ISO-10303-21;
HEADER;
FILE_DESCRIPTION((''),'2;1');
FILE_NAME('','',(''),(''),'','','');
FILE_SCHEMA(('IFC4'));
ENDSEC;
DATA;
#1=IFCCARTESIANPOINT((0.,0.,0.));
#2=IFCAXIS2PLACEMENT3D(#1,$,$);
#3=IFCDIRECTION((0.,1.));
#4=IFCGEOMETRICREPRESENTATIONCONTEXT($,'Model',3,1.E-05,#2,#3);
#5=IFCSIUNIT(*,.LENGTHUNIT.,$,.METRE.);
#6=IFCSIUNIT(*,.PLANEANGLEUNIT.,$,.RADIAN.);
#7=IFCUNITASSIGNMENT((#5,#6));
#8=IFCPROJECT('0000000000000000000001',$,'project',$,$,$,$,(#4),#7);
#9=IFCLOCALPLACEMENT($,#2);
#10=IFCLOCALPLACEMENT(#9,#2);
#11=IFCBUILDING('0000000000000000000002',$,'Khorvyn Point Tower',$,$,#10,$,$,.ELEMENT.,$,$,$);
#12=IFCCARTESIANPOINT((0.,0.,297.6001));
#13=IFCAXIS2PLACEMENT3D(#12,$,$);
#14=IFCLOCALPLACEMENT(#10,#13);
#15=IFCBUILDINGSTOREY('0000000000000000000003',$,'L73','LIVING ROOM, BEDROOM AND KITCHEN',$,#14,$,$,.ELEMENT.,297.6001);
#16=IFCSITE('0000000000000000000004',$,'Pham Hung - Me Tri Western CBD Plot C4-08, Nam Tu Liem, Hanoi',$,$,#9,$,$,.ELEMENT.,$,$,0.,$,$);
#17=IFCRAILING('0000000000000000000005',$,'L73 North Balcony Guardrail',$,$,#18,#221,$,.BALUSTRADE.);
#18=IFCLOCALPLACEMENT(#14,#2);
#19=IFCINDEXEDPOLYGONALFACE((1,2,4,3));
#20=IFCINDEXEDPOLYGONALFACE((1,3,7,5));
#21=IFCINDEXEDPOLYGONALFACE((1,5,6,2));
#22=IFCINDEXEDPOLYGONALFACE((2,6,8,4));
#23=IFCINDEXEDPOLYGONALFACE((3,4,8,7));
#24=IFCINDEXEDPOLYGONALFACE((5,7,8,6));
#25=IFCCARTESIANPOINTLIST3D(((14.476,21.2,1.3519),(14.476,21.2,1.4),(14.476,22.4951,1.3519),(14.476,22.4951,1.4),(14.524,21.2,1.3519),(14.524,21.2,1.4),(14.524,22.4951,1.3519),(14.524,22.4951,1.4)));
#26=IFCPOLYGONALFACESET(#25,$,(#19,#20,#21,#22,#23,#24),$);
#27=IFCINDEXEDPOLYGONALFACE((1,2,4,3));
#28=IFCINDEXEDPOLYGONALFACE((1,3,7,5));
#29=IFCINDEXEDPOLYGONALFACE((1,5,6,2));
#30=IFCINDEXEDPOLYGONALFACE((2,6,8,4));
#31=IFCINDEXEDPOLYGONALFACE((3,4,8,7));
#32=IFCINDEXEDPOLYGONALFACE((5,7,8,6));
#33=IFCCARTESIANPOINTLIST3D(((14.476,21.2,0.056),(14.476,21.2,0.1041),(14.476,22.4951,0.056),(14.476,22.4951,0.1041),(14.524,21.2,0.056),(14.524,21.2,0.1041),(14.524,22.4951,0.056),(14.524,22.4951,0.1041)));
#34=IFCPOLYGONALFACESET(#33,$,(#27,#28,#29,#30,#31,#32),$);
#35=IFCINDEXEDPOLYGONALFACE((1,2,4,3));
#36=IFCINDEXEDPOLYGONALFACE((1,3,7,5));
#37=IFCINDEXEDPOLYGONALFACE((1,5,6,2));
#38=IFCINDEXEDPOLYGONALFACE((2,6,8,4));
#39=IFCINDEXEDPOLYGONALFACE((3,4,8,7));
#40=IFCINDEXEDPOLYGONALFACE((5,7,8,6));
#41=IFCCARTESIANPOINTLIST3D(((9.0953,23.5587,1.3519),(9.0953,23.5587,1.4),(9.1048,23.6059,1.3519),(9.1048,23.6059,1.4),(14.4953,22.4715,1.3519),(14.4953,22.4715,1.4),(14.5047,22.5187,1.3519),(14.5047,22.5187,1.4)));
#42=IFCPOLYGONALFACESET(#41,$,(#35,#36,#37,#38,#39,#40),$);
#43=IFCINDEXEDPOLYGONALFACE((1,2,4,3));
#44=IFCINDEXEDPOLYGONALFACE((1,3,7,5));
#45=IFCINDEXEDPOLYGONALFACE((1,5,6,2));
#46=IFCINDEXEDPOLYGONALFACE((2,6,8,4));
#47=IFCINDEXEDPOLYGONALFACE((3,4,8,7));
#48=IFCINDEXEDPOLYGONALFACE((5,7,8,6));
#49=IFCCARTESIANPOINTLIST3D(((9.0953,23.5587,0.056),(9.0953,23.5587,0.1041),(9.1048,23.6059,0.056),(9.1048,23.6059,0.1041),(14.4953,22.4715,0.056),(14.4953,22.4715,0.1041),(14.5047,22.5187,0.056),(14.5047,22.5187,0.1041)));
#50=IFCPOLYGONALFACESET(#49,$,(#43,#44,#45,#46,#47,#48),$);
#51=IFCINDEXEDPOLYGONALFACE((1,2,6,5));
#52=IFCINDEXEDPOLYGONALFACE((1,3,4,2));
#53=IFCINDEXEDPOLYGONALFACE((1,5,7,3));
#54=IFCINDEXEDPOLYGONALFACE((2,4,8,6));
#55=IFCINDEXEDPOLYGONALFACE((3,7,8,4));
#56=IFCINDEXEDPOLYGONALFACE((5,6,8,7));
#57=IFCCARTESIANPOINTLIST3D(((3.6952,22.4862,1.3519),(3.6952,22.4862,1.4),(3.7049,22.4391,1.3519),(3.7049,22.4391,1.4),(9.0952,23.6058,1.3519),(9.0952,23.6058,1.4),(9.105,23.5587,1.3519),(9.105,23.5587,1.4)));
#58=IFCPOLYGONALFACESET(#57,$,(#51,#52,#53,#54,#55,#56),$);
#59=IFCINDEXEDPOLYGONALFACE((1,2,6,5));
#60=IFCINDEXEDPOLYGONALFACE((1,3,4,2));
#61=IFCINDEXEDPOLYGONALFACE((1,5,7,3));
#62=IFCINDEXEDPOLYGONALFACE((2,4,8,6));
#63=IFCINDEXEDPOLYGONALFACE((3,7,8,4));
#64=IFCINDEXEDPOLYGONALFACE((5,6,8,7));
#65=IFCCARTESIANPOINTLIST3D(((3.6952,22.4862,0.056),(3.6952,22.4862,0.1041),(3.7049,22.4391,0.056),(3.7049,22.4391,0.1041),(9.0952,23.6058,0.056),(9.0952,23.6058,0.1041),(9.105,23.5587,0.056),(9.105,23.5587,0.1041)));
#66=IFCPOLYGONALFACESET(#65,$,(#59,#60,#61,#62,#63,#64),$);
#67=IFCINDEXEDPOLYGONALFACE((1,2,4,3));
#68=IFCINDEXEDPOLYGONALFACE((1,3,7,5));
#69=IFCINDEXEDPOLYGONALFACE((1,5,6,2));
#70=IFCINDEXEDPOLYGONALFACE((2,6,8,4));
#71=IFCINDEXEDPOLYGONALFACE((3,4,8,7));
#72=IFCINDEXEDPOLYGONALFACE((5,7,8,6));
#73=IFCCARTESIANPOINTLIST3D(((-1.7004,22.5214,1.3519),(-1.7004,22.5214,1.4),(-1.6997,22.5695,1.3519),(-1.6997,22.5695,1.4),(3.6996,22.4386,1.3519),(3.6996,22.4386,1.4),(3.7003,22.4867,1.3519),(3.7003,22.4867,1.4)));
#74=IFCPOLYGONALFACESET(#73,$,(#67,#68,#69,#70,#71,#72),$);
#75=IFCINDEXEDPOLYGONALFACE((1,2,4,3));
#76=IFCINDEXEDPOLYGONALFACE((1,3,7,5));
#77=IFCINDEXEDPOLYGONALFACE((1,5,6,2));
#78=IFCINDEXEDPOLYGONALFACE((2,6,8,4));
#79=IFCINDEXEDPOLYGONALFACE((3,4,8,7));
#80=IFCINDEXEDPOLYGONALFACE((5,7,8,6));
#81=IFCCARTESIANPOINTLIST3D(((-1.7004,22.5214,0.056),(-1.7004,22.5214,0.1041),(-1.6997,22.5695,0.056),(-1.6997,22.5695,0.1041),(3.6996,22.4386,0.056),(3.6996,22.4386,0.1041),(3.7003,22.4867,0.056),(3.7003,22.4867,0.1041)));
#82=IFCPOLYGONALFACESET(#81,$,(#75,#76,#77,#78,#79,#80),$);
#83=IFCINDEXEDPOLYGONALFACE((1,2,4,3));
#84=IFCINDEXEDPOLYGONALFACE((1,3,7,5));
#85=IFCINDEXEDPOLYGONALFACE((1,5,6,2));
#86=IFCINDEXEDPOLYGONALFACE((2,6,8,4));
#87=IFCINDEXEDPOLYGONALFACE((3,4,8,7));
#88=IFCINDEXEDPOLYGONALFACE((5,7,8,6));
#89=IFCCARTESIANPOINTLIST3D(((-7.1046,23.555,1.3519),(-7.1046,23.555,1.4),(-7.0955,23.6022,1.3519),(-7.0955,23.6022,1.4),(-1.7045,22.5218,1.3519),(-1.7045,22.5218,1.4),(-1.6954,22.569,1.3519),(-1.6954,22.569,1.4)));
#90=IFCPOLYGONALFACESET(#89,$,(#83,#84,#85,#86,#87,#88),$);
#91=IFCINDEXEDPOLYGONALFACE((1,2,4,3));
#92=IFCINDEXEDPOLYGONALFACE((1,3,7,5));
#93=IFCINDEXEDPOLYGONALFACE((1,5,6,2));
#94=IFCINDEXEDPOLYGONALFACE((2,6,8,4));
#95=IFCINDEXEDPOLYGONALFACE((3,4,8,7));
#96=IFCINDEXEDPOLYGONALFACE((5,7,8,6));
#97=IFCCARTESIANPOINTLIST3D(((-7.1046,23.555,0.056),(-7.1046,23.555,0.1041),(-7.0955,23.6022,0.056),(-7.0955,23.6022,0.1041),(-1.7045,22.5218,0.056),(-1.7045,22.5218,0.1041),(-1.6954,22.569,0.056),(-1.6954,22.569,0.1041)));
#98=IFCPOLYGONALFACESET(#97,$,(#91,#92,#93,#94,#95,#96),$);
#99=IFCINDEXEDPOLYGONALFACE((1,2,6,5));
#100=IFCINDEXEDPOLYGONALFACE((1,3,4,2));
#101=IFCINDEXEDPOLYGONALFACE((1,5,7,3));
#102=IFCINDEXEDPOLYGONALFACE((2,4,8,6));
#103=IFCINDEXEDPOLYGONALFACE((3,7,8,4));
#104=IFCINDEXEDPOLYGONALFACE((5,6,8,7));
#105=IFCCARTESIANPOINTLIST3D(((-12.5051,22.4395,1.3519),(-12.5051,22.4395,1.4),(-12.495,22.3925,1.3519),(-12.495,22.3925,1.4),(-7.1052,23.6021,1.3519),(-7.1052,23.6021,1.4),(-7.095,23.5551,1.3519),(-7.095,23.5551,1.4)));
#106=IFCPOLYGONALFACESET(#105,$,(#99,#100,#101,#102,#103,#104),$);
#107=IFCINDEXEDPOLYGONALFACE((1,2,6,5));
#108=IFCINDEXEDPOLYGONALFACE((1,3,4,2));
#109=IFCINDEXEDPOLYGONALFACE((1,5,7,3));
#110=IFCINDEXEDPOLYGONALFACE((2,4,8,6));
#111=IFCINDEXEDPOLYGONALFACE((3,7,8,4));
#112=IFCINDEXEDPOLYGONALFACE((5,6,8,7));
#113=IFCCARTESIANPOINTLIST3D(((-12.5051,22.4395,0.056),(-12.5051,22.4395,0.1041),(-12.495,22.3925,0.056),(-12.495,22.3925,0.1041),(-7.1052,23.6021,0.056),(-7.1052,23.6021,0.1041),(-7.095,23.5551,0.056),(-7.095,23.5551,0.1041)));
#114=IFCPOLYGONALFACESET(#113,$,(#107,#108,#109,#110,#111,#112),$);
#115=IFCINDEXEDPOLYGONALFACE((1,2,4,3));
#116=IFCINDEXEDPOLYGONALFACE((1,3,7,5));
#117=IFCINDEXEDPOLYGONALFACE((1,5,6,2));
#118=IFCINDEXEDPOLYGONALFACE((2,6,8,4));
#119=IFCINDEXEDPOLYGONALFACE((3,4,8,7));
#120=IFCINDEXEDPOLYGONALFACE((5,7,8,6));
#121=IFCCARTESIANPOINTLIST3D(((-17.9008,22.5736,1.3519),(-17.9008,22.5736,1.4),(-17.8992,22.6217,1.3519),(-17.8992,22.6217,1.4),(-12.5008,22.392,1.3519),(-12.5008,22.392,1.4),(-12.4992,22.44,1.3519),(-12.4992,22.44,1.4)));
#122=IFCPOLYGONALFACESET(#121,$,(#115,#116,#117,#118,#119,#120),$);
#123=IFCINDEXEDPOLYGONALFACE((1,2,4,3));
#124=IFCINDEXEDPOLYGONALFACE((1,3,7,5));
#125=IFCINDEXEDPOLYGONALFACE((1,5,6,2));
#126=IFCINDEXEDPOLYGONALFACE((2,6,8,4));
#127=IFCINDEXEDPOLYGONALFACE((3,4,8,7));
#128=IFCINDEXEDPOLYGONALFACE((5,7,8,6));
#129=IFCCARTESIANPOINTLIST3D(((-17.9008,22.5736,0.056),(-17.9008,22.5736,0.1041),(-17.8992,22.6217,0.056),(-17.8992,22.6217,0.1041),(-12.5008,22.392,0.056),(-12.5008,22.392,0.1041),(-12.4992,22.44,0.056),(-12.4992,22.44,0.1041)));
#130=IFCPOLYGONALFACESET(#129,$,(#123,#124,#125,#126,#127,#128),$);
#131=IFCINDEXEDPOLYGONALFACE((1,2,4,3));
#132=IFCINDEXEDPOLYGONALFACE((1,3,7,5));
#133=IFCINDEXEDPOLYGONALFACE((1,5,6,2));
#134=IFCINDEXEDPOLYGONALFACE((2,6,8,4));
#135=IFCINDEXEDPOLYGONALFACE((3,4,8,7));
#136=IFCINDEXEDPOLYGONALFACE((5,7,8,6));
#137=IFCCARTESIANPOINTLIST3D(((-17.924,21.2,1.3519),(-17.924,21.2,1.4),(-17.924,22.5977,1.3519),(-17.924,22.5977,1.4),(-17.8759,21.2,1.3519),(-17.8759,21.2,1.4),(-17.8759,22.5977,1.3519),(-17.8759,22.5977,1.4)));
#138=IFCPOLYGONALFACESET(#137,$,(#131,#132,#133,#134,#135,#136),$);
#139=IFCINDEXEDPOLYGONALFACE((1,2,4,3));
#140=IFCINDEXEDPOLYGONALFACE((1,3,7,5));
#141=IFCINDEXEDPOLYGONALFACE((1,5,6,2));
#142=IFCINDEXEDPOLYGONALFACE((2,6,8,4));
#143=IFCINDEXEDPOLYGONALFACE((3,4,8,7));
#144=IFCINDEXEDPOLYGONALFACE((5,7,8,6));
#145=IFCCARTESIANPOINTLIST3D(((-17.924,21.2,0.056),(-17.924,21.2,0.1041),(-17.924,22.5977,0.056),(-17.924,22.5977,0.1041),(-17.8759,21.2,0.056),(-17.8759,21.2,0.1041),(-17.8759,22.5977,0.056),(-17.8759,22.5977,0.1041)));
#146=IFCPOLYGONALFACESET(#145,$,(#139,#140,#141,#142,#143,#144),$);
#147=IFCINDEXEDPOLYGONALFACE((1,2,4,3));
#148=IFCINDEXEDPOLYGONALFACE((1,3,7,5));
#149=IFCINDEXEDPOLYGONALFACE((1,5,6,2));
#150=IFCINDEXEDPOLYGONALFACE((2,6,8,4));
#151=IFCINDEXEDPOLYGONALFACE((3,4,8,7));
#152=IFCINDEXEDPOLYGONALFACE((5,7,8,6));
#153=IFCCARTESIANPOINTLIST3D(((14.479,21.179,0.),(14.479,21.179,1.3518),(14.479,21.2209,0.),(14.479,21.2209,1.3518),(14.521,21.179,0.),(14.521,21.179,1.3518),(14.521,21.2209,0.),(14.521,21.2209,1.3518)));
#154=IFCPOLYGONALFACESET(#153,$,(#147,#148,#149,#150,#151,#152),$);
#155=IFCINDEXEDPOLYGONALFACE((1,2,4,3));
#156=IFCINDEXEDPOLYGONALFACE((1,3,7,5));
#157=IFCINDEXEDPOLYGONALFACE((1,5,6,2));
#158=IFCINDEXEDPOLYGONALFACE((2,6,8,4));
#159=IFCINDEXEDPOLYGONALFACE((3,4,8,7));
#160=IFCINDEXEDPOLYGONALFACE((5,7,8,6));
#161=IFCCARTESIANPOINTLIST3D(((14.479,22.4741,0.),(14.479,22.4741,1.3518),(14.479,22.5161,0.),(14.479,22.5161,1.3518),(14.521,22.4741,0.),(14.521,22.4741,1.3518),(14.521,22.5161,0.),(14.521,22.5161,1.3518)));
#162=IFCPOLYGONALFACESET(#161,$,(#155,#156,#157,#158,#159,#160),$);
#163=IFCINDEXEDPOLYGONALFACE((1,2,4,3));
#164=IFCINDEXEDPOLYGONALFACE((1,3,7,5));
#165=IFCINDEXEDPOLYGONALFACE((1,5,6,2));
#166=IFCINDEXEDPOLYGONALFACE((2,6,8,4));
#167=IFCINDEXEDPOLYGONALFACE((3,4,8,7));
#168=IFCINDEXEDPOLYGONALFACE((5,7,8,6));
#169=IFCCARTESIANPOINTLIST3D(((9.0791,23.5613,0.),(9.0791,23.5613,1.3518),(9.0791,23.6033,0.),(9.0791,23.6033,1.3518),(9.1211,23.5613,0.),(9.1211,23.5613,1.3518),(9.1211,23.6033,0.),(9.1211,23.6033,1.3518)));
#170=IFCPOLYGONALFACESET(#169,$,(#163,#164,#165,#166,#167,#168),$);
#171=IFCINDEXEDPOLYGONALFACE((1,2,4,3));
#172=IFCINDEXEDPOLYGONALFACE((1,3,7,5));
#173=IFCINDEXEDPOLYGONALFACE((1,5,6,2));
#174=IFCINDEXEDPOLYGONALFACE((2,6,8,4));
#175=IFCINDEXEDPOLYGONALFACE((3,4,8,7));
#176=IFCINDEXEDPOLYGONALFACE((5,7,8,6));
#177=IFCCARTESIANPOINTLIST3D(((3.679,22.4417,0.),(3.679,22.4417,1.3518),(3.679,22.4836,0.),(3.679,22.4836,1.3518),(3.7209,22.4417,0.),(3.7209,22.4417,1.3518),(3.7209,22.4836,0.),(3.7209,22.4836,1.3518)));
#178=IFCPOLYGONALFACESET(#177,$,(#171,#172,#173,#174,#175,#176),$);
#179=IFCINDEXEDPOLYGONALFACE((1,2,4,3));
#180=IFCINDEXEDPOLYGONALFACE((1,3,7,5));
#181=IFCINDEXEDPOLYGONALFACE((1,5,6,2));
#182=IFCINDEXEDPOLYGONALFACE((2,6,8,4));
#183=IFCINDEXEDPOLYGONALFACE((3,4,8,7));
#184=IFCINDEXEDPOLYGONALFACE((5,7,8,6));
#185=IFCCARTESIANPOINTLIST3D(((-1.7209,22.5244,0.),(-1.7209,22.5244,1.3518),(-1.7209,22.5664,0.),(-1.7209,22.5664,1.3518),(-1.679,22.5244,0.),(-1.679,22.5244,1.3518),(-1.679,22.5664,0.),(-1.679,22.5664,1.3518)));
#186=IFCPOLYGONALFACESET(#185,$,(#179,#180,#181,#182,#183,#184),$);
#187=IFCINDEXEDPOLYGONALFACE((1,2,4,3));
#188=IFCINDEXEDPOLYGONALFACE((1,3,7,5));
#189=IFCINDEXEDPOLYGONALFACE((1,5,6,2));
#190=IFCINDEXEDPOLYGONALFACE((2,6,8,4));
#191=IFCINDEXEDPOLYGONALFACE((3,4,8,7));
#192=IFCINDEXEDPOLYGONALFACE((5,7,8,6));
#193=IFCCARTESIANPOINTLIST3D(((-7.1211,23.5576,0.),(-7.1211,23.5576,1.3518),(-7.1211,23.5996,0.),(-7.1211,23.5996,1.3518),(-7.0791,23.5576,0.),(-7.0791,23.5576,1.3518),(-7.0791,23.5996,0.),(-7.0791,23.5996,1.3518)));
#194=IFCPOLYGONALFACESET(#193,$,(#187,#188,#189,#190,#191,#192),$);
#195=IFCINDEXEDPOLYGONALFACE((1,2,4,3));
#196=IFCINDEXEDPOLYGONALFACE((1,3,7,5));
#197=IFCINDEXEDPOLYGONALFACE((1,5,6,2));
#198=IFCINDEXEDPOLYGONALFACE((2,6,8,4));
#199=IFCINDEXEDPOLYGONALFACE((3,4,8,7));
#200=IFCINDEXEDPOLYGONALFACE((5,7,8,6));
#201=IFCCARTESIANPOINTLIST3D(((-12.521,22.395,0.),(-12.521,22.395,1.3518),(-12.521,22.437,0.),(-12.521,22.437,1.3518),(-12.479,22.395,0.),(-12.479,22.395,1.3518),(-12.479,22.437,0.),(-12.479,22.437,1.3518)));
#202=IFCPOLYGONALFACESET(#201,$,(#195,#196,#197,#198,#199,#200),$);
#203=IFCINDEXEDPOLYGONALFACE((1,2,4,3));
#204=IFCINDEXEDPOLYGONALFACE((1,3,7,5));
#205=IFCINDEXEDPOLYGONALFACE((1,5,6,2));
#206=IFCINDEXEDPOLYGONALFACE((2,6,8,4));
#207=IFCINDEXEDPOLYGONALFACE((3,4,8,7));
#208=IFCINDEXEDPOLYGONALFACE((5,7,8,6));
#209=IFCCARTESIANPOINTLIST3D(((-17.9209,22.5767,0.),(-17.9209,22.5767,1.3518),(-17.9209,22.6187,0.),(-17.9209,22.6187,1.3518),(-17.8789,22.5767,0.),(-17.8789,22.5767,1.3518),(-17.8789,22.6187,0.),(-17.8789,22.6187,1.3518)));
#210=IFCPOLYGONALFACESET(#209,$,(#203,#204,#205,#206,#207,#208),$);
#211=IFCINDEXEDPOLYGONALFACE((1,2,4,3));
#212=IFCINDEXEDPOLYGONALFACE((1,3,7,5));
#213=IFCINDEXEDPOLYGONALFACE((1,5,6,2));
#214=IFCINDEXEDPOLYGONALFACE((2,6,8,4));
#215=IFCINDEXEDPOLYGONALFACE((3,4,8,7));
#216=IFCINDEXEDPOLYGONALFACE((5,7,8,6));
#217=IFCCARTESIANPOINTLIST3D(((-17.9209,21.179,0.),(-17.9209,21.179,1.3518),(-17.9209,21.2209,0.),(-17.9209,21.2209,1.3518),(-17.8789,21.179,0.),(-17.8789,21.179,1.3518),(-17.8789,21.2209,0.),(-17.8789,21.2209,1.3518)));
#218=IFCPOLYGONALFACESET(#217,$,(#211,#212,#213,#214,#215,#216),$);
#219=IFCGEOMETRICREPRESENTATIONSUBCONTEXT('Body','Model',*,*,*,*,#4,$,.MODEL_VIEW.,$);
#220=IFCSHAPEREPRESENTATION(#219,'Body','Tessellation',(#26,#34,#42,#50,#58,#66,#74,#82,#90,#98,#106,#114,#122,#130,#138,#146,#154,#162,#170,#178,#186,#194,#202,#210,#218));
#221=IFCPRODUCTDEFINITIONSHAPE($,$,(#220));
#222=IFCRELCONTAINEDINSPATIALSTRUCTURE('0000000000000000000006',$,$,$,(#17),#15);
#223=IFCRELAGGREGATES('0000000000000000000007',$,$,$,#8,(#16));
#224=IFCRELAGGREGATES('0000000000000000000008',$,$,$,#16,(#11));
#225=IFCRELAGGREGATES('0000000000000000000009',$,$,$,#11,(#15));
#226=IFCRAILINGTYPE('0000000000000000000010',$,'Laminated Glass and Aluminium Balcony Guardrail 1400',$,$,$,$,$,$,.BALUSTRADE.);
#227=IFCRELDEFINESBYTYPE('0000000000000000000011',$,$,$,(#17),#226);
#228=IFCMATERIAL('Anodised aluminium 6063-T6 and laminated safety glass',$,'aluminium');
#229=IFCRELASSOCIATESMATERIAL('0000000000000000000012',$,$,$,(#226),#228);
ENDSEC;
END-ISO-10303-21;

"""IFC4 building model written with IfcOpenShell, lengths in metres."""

from ifc_helpers import new_model, si_unit, direction, frame, origin, origin_2d, place, context, subcontext, project, spatial, rectangle, extrude, material, type_object, element, save


model = new_model("IFC4")

# Units and contexts
model_context = context("Model", 3, precision=1e-05, world=origin(), true_north=direction((0.0, 1.0)))
body_context = subcontext(model_context, "Body", "Model", "MODEL_VIEW")
ifc_project = project(units=[si_unit("LENGTHUNIT", "METRE"), si_unit("PLANEANGLEUNIT", "RADIAN")], contexts=[model_context])

# Site, building, storey
site_placement = place(None, origin())
site = spatial("IfcSite", under=ifc_project, at=site_placement, Name="Pham Hung - Me Tri Western CBD Plot C4-08, Nam Tu Liem, Hanoi", CompositionType="ELEMENT", RefElevation=0.0)
building_placement = place(site_placement, origin())
building = spatial("IfcBuilding", under=site, at=building_placement, Name="Khorvyn Point Tower", CompositionType="ELEMENT")
storey_placement = place(building_placement, frame((0.0, 0.0, 297.6001)))
storey = spatial("IfcBuildingStorey", under=building, at=storey_placement, Name="L73", Description="LIVING ROOM, BEDROOM AND KITCHEN", CompositionType="ELEMENT", Elevation=297.6001)

# Railing
ifc_material_1 = material(Name="Anodised aluminium 6063-T6 and laminated safety glass", Category="aluminium")
railing_type = type_object("IfcRailingType", Name="Laminated Glass and Aluminium Balcony Guardrail 1400", PredefinedType="BALUSTRADE", material=ifc_material_1)
railing_1_placement = place(storey_placement, frame((14.5, 21.2, 0.0)))
element("IfcRailing", 1, at=railing_1_placement, inside=storey, type_object=railing_type, Name="L73 North Balcony Guardrail", PredefinedType="BALUSTRADE", context=body_context, shape_type="SweptSolid", body=[
    extrude(rectangle(XDim=0.0481, YDim=0.0481, at=origin_2d()), frame((0.0, 0.0, 1.376), z_axis=(0.0, 1.0, 0.0), x_axis=(-1.0, 0.0, 0.0)), (0.0, 0.0, 1.0), 1.2952),
    extrude(rectangle(XDim=0.0481, YDim=0.0481, at=origin_2d()), frame((0.0, 0.0, 0.0801), z_axis=(0.0, 1.0, 0.0), x_axis=(-1.0, 0.0, 0.0)), (0.0, 0.0, 1.0), 1.2952),
    extrude(rectangle(XDim=0.0481, YDim=0.0481, at=origin_2d()), frame((0.0, 1.2952, 1.376), z_axis=(-0.980329, 0.197369, 0.0), x_axis=(-0.197369, -0.980329, 0.0)), (0.0, 0.0, 1.0), 5.5083),
    extrude(rectangle(XDim=0.0481, YDim=0.0481, at=origin_2d()), frame((0.0, 1.2952, 0.0801), z_axis=(-0.980329, 0.197369, 0.0), x_axis=(-0.197369, -0.980329, 0.0)), (0.0, 0.0, 1.0), 5.5083),
    extrude(rectangle(XDim=0.0481, YDim=0.0481, at=origin_2d()), frame((-5.3999, 2.3823, 1.376), z_axis=(-0.979176, -0.203015, 0.0), x_axis=(0.203015, -0.979176, 0.0)), (0.0, 0.0, 1.0), 5.5149),
    extrude(rectangle(XDim=0.0481, YDim=0.0481, at=origin_2d()), frame((-5.3999, 2.3823, 0.0801), z_axis=(-0.979176, -0.203015, 0.0), x_axis=(0.203015, -0.979176, 0.0)), (0.0, 0.0, 1.0), 5.5149),
    extrude(rectangle(XDim=0.0481, YDim=0.0481, at=origin_2d()), frame((-10.8, 1.2627, 1.376), z_axis=(-0.999883, 0.015325, 0.0), x_axis=(-0.015325, -0.999883, 0.0)), (0.0, 0.0, 1.0), 5.4006),
    extrude(rectangle(XDim=0.0481, YDim=0.0481, at=origin_2d()), frame((-10.8, 1.2627, 0.0801), z_axis=(-0.999883, 0.015325, 0.0), x_axis=(-0.015325, -0.999883, 0.0)), (0.0, 0.0, 1.0), 5.4006),
    extrude(rectangle(XDim=0.0481, YDim=0.0481, at=origin_2d()), frame((-16.2, 1.3455, 1.376), z_axis=(-0.982184, 0.18792, 0.0), x_axis=(-0.18792, -0.982184, 0.0)), (0.0, 0.0, 1.0), 5.498),
    extrude(rectangle(XDim=0.0481, YDim=0.0481, at=origin_2d()), frame((-16.2, 1.3455, 0.0801), z_axis=(-0.982184, 0.18792, 0.0), x_axis=(-0.18792, -0.982184, 0.0)), (0.0, 0.0, 1.0), 5.498),
    extrude(rectangle(XDim=0.0481, YDim=0.0481, at=origin_2d()), frame((-21.6001, 2.3787, 1.376), z_axis=(-0.977599, -0.210477, 0.0), x_axis=(0.210477, -0.977599, 0.0)), (0.0, 0.0, 1.0), 5.5237),
    extrude(rectangle(XDim=0.0481, YDim=0.0481, at=origin_2d()), frame((-21.6001, 2.3787, 0.0801), z_axis=(-0.977599, -0.210477, 0.0), x_axis=(0.210477, -0.977599, 0.0)), (0.0, 0.0, 1.0), 5.5237),
    extrude(rectangle(XDim=0.0481, YDim=0.0481, at=origin_2d()), frame((-27.0, 1.2161, 1.376), z_axis=(-0.999435, 0.033619, 0.0), x_axis=(-0.033619, -0.999435, 0.0)), (0.0, 0.0, 1.0), 5.4031),
    extrude(rectangle(XDim=0.0481, YDim=0.0481, at=origin_2d()), frame((-27.0, 1.2161, 0.0801), z_axis=(-0.999435, 0.033619, 0.0), x_axis=(-0.033619, -0.999435, 0.0)), (0.0, 0.0, 1.0), 5.4031),
    extrude(rectangle(XDim=0.0481, YDim=0.0481, at=origin_2d()), frame((-32.3999, 1.3977, 1.376), z_axis=(0.0, -1.0, 0.0), x_axis=(1.0, 0.0, 0.0)), (0.0, 0.0, 1.0), 1.3977),
    extrude(rectangle(XDim=0.0481, YDim=0.0481, at=origin_2d()), frame((-32.3999, 1.3977, 0.0801), z_axis=(0.0, -1.0, 0.0), x_axis=(1.0, 0.0, 0.0)), (0.0, 0.0, 1.0), 1.3977),
    extrude(rectangle(XDim=0.042, YDim=0.042, at=origin_2d()), origin(), (0.0, 0.0, 1.0), 1.3518),
    extrude(rectangle(XDim=0.042, YDim=0.042, at=origin_2d()), frame((0.0, 1.2952, 0.0)), (0.0, 0.0, 1.0), 1.3518),
    extrude(rectangle(XDim=0.042, YDim=0.042, at=origin_2d()), frame((-5.3999, 2.3823, 0.0)), (0.0, 0.0, 1.0), 1.3518),
    extrude(rectangle(XDim=0.042, YDim=0.042, at=origin_2d()), frame((-10.8, 1.2627, 0.0)), (0.0, 0.0, 1.0), 1.3518),
    extrude(rectangle(XDim=0.042, YDim=0.042, at=origin_2d()), frame((-16.2, 1.3455, 0.0)), (0.0, 0.0, 1.0), 1.3518),
    extrude(rectangle(XDim=0.042, YDim=0.042, at=origin_2d()), frame((-21.6001, 2.3787, 0.0)), (0.0, 0.0, 1.0), 1.3518),
    extrude(rectangle(XDim=0.042, YDim=0.042, at=origin_2d()), frame((-27.0, 1.2161, 0.0)), (0.0, 0.0, 1.0), 1.3518),
    extrude(rectangle(XDim=0.042, YDim=0.042, at=origin_2d()), frame((-32.3999, 1.3977, 0.0)), (0.0, 0.0, 1.0), 1.3518),
    extrude(rectangle(XDim=0.042, YDim=0.042, at=origin_2d()), frame((-32.3999, 0.0, 0.0)), (0.0, 0.0, 1.0), 1.3518),
])

save(model, "model.ifc")
